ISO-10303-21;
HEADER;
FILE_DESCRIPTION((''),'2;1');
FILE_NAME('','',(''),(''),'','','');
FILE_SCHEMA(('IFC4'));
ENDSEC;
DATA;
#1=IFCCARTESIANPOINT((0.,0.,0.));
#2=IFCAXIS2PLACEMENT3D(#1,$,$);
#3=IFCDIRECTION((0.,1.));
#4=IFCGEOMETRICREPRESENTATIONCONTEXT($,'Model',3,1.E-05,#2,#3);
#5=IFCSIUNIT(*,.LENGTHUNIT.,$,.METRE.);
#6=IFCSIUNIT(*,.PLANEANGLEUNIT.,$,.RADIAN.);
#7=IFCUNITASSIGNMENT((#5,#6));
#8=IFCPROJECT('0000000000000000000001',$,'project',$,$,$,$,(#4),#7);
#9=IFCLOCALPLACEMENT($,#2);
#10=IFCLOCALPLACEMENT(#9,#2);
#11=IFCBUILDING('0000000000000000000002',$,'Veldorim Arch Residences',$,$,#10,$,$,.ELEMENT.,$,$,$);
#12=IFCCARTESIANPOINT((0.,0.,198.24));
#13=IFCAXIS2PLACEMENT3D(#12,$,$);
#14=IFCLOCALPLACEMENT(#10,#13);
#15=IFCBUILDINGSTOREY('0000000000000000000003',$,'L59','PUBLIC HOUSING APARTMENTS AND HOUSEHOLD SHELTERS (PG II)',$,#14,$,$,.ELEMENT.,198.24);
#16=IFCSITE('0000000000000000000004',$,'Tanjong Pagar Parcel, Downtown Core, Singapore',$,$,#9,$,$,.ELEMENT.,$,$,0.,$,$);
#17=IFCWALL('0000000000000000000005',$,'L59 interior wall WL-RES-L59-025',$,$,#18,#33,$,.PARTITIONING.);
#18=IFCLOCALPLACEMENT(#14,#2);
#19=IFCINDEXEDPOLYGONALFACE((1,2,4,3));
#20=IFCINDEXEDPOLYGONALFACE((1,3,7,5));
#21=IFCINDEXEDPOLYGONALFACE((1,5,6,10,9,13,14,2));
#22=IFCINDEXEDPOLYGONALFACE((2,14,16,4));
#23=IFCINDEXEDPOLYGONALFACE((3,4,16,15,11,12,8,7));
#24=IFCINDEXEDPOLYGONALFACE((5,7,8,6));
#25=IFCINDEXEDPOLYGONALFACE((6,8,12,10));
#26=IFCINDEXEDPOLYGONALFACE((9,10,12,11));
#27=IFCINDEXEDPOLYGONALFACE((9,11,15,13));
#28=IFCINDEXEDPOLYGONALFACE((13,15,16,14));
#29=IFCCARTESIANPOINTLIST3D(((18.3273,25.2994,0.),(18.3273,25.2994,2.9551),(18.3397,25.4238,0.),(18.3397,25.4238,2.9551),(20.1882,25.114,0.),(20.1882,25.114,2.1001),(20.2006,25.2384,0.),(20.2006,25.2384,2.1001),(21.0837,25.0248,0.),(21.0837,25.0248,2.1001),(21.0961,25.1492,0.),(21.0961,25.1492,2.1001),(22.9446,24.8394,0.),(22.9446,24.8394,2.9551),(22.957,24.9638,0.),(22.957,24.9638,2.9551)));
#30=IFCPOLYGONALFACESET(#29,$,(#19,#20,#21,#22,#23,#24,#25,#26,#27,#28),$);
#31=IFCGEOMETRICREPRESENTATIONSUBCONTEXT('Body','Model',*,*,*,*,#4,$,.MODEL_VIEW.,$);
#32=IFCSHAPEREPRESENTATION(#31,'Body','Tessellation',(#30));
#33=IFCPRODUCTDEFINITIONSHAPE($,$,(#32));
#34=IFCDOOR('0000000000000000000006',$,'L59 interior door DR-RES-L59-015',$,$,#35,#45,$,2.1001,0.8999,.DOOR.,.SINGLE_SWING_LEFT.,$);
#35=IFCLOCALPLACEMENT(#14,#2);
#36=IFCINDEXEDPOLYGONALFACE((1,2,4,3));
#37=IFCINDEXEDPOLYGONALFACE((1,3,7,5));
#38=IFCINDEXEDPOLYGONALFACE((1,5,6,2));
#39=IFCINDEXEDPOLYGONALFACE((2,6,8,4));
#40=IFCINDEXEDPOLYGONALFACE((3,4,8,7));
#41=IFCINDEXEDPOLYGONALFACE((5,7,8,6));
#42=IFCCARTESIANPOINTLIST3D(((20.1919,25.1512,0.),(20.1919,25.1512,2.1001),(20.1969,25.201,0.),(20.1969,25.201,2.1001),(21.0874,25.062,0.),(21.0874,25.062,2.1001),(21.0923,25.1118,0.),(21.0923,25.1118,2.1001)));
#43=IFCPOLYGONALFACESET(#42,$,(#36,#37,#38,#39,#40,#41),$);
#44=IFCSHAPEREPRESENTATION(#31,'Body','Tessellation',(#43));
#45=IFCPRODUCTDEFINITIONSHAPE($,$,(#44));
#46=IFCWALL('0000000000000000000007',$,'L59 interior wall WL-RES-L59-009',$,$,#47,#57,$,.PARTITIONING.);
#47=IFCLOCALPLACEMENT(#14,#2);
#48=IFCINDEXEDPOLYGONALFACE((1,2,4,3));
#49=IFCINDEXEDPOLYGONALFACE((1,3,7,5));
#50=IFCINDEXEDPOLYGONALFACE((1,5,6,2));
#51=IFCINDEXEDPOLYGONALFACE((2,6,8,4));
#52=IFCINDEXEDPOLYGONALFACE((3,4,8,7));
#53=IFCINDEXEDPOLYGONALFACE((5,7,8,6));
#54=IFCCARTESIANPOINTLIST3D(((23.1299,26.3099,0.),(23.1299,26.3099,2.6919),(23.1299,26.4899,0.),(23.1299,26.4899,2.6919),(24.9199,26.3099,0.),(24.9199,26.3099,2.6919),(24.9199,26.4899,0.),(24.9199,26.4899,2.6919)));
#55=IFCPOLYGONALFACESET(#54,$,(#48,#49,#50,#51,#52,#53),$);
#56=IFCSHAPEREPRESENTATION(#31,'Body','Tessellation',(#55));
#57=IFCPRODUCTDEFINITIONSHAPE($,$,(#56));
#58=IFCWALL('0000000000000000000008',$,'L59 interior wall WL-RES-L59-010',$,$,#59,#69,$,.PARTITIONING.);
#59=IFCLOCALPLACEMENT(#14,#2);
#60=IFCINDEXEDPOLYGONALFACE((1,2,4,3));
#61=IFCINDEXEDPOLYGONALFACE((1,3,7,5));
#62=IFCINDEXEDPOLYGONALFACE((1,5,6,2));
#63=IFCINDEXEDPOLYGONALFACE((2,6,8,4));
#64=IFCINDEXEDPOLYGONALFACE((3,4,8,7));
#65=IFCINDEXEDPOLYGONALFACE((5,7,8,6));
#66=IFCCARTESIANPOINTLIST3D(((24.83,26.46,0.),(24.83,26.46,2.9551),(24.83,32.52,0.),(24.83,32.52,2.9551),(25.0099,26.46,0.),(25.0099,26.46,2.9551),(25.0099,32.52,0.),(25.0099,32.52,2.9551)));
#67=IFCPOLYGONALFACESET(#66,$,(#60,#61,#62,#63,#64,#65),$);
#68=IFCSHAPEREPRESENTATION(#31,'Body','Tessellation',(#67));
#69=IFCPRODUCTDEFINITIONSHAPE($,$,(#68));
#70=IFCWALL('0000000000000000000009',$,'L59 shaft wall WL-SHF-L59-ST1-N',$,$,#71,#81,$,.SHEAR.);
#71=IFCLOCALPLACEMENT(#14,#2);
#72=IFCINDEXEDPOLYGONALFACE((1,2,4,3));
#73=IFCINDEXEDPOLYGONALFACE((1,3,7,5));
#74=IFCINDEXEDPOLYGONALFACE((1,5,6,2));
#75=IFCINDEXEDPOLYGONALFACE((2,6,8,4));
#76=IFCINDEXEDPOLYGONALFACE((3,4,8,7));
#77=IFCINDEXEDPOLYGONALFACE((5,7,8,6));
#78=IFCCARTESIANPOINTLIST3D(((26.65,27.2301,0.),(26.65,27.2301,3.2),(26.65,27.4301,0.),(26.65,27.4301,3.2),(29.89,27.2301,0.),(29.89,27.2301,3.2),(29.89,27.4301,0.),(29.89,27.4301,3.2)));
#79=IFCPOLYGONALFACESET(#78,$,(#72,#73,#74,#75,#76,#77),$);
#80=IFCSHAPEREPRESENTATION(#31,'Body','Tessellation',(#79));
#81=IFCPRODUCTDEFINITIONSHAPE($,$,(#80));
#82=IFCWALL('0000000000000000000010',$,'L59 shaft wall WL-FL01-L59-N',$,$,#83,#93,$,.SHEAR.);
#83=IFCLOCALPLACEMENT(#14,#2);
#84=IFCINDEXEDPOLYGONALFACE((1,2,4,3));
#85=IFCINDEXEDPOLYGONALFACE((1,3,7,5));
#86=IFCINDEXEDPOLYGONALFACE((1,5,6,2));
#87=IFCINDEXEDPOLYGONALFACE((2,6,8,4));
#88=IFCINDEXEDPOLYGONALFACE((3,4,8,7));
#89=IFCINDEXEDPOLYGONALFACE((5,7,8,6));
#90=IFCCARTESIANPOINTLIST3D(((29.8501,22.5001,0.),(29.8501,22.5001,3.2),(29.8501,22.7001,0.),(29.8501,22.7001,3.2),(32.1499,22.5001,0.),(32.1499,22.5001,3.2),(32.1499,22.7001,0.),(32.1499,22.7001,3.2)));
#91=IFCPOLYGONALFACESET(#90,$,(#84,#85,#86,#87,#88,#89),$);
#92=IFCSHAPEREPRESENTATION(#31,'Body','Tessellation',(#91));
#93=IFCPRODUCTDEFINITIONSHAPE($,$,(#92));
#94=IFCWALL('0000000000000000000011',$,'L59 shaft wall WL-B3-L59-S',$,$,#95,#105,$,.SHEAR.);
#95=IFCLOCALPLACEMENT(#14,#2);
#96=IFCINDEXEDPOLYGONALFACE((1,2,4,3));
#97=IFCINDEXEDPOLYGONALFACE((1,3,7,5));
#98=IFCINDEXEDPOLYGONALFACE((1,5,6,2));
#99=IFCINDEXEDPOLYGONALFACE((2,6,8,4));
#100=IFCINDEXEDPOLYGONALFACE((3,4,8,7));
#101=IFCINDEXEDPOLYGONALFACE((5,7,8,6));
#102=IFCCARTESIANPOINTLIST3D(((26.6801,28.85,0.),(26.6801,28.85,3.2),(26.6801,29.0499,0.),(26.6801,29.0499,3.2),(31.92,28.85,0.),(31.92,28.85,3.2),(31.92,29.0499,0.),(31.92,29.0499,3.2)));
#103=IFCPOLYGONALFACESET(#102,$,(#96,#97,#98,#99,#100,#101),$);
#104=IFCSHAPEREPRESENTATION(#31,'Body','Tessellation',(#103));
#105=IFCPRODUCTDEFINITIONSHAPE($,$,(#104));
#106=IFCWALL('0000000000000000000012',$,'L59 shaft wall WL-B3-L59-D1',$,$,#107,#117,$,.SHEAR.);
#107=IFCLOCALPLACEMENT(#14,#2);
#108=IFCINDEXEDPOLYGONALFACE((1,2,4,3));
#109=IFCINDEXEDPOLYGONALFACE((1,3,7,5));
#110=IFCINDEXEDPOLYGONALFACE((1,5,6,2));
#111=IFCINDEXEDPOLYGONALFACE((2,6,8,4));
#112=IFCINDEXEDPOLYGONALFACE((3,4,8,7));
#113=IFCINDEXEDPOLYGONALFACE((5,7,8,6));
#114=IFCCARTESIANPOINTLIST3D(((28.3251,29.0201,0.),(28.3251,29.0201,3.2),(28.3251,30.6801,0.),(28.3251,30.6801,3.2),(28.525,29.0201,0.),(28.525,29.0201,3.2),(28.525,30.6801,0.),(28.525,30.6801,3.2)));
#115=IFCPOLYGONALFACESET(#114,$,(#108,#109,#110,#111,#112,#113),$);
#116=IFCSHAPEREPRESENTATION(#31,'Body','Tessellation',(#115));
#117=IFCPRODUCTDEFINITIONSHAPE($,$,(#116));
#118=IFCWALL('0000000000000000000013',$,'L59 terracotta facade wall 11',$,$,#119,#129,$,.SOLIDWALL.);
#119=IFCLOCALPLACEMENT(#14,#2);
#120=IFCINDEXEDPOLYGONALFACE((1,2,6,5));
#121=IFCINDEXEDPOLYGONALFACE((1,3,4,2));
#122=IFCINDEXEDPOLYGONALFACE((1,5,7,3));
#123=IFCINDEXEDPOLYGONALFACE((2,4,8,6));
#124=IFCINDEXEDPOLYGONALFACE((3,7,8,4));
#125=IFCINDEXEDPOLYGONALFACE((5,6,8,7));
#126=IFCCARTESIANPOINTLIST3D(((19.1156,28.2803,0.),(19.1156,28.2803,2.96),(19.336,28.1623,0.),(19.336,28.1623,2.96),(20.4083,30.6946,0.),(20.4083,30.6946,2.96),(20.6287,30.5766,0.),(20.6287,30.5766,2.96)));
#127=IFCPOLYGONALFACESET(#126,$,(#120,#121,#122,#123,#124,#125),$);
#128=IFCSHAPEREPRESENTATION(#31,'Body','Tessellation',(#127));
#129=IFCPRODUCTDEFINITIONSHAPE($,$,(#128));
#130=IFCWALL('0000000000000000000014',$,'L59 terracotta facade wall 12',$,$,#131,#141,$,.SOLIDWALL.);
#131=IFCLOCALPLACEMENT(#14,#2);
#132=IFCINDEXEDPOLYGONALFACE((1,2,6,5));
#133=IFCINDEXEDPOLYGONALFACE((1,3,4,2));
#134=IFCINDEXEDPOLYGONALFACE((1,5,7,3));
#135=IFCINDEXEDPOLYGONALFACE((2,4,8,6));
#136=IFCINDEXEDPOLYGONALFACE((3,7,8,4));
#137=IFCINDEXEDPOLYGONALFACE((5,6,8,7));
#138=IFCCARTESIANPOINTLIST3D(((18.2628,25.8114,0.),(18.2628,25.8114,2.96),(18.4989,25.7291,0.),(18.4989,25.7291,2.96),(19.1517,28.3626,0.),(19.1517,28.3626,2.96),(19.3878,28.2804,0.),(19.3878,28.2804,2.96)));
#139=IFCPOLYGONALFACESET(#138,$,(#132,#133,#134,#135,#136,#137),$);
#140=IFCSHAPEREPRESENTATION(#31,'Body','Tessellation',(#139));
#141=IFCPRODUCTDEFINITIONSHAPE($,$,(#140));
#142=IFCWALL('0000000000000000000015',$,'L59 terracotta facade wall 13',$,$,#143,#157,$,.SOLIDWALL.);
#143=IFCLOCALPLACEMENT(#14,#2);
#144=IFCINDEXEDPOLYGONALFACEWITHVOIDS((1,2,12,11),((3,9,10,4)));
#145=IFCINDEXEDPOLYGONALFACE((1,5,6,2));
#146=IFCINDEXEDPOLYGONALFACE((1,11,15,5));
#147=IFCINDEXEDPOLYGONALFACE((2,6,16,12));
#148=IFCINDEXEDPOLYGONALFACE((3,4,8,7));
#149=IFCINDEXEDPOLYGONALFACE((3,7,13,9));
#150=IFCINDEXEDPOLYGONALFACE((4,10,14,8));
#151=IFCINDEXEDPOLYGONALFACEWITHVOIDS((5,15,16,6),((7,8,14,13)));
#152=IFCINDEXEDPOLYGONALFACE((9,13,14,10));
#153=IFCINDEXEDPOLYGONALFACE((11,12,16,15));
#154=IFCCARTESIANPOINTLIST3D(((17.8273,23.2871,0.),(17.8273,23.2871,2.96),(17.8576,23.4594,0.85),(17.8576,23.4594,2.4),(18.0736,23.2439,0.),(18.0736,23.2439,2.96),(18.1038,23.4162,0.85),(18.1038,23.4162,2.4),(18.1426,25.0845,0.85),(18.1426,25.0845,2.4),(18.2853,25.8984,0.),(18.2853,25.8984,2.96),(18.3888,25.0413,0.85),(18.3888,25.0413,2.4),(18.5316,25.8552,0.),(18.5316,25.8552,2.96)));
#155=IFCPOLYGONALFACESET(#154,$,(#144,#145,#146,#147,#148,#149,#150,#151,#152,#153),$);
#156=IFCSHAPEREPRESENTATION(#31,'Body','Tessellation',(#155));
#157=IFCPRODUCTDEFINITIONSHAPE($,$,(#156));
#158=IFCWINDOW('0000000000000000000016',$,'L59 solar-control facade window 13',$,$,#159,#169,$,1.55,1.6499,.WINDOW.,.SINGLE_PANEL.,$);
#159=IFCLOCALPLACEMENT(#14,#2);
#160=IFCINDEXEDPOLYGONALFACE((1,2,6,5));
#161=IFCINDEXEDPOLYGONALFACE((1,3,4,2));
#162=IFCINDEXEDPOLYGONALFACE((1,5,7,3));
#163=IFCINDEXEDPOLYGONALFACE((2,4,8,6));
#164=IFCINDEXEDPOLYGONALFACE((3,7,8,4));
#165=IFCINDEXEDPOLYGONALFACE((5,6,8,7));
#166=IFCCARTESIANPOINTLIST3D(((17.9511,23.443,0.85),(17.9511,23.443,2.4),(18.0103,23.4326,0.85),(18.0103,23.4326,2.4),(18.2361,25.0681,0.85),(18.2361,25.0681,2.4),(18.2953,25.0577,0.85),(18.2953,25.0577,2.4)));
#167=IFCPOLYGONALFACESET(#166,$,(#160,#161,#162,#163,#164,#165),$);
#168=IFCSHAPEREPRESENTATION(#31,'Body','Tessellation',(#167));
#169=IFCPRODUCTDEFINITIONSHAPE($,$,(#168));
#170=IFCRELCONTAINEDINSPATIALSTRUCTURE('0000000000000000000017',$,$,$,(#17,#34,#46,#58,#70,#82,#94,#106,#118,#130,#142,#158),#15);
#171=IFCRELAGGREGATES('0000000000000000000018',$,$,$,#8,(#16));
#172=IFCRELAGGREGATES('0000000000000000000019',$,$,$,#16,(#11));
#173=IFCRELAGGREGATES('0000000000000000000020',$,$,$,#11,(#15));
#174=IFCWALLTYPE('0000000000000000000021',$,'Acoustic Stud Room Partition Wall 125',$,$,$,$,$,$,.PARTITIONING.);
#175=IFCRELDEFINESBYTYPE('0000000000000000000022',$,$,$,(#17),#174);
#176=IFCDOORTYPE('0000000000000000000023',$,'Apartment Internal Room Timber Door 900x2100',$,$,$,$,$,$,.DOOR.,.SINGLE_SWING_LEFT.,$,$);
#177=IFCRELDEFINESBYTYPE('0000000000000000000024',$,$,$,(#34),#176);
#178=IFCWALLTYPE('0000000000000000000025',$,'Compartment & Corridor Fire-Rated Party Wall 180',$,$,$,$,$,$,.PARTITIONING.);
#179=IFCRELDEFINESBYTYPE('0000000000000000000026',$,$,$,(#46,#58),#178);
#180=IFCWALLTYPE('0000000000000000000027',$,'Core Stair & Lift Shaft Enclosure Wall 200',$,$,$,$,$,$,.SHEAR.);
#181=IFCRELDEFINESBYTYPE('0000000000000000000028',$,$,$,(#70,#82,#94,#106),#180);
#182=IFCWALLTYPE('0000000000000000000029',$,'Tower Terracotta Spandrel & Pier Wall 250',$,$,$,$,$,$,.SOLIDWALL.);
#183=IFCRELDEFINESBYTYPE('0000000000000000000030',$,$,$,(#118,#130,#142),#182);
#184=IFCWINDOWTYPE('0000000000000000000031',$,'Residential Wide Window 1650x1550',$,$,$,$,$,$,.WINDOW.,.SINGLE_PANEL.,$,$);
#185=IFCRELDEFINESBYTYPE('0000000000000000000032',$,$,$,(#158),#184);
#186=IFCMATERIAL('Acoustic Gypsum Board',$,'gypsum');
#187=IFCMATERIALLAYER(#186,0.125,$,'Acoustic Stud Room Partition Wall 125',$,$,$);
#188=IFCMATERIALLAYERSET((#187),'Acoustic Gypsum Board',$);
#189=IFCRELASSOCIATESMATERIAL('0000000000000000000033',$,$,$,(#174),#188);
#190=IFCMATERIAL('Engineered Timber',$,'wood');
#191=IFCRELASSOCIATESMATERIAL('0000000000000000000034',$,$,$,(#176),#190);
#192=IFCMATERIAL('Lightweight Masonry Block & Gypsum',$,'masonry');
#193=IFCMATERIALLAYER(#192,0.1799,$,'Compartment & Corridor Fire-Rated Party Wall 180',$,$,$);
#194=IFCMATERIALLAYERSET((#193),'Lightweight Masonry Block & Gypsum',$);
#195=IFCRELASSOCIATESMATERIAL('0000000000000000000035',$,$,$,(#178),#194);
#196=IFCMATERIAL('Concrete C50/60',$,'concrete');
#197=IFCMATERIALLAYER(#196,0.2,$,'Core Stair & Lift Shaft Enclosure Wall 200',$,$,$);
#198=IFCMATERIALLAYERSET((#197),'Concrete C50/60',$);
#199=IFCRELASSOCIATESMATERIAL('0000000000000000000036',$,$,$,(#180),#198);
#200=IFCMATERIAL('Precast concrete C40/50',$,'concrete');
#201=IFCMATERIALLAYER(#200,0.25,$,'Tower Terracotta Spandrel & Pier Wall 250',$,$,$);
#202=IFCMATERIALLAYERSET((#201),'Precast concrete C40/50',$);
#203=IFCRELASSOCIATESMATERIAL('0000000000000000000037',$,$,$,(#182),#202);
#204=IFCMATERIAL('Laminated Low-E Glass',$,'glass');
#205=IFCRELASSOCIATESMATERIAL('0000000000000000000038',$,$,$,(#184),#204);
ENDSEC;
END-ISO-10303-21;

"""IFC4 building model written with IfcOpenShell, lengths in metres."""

from ifc_helpers import new_model, si_unit, direction, frame, frame_2d, origin, place, context, subcontext, project, spatial, rectangle, extrude, material, layer, layer_set, type_object, element, fill, save


model = new_model("IFC4")

# Units and contexts
model_context = context("Model", 3, precision=1e-05, world=origin(), true_north=direction((0.0, 1.0)))
body_context = subcontext(model_context, "Body", "Model", "MODEL_VIEW")
ifc_project = project(units=[si_unit("LENGTHUNIT", "METRE"), si_unit("PLANEANGLEUNIT", "RADIAN")], contexts=[model_context])

# Site, building, storey
site_placement = place(None, origin())
site = spatial("IfcSite", under=ifc_project, at=site_placement, Name="Tanjong Pagar Parcel, Downtown Core, Singapore", CompositionType="ELEMENT", RefElevation=0.0)
building_placement = place(site_placement, origin())
building = spatial("IfcBuilding", under=site, at=building_placement, Name="Veldorim Arch Residences", CompositionType="ELEMENT")
storey_placement = place(building_placement, frame((0.0, 0.0, 198.24)))
storey = spatial("IfcBuildingStorey", under=building, at=storey_placement, Name="L59", Description="PUBLIC HOUSING APARTMENTS AND HOUSEHOLD SHELTERS (PG II)", CompositionType="ELEMENT", Elevation=198.24)

# Shared definitions
ifc_material_1 = material(Name="Acoustic Gypsum Board", Category="gypsum")
ifc_layer_1 = layer(ifc_material_1, 0.125, Name="Acoustic Stud Room Partition Wall 125")
ifc_layer_set_1 = layer_set([ifc_layer_1], Name="Acoustic Gypsum Board")
wall_type_1 = type_object("IfcWallType", Name="Acoustic Stud Room Partition Wall 125", PredefinedType="PARTITIONING", material=ifc_layer_set_1)

# Wall, opening, door
wall_1_placement = place(storey_placement, frame((18.3335, 25.3616, 0.0), z_axis=(0.0, 0.0, 1.0), x_axis=(0.995075, -0.099129, 0.0)))
wall_1 = element("IfcWall", 1, at=wall_1_placement, inside=storey, type_object=wall_type_1, Name="L59 interior wall WL-RES-L59-025", PredefinedType="PARTITIONING", context=body_context, shape_type="SweptSolid", body=[
    extrude(rectangle(XDim=4.6401, YDim=0.125, at=frame_2d((2.3201, 0.0))), origin(), (0.0, 0.0, 1.0), 2.9551),
])
opening_1_placement = place(wall_1_placement, frame((1.8701, 0.0, 0.0)))
opening_1 = element("IfcOpeningElement", 2, at=opening_1_placement, cuts=wall_1, PredefinedType="OPENING", context=body_context, shape_type="SweptSolid", body=[
    extrude(rectangle(XDim=0.8999, YDim=2.1001, at=frame_2d((0.45, 1.05))), frame((0.0, 0.0725, 0.0), z_axis=(0.0, -1.0, 0.0), x_axis=(1.0, 0.0, 0.0)), (0.0, 0.0, 1.0), 0.145),
])
ifc_material_2 = material(Name="Engineered Timber", Category="wood")
door_type_1 = type_object("IfcDoorType", Name="Apartment Internal Room Timber Door 900x2100", OperationType="SINGLE_SWING_LEFT", PredefinedType="DOOR", material=ifc_material_2)
door_1_placement = place(opening_1_placement, origin())
door_1 = element("IfcDoor", 3, at=door_1_placement, inside=storey, type_object=door_type_1, Name="L59 interior door DR-RES-L59-015", OperationType="SINGLE_SWING_LEFT", OverallHeight=2.1001, OverallWidth=0.8999, PredefinedType="DOOR", context=body_context, shape_type="SweptSolid", body=[
    extrude(rectangle(XDim=0.8999, YDim=2.1001, at=frame_2d((0.45, 1.05))), frame((0.0, 0.0249, 0.0), z_axis=(0.0, -1.0, 0.0), x_axis=(1.0, 0.0, 0.0)), (0.0, 0.0, 1.0), 0.05),
])
fill(opening_1, door_1)

# Walls
ifc_material_3 = material(Name="Lightweight Masonry Block & Gypsum", Category="masonry")
ifc_layer_2 = layer(ifc_material_3, 0.1799, Name="Compartment & Corridor Fire-Rated Party Wall 180")
ifc_layer_set_2 = layer_set([ifc_layer_2], Name="Lightweight Masonry Block & Gypsum")
wall_type_2 = type_object("IfcWallType", Name="Compartment & Corridor Fire-Rated Party Wall 180", PredefinedType="PARTITIONING", material=ifc_layer_set_2)
wall_2_placement = place(storey_placement, frame((23.1299, 26.3999, 0.0), z_axis=(0.0, 0.0, 1.0), x_axis=(1.0, 0.0, 0.0)))
element("IfcWall", 4, at=wall_2_placement, inside=storey, type_object=wall_type_2, Name="L59 interior wall WL-RES-L59-009", PredefinedType="PARTITIONING", context=body_context, shape_type="SweptSolid", body=[
    extrude(rectangle(XDim=1.79, YDim=0.1799, at=frame_2d((0.895, 0.0))), origin(), (0.0, 0.0, 1.0), 2.6919),
])
wall_3_placement = place(storey_placement, frame((24.9199, 26.46, 0.0), z_axis=(0.0, 0.0, 1.0), x_axis=(0.0, 1.0, 0.0)))
element("IfcWall", 5, at=wall_3_placement, inside=storey, type_object=wall_type_2, Name="L59 interior wall WL-RES-L59-010", PredefinedType="PARTITIONING", context=body_context, shape_type="SweptSolid", body=[
    extrude(rectangle(XDim=6.0601, YDim=0.1799, at=frame_2d((3.03, 0.0))), origin(), (0.0, 0.0, 1.0), 2.9551),
])
ifc_material_4 = material(Name="Concrete C50/60", Category="concrete")
ifc_layer_3 = layer(ifc_material_4, 0.2, Name="Core Stair & Lift Shaft Enclosure Wall 200")
ifc_layer_set_3 = layer_set([ifc_layer_3], Name="Concrete C50/60")
wall_type_3 = type_object("IfcWallType", Name="Core Stair & Lift Shaft Enclosure Wall 200", PredefinedType="SHEAR", material=ifc_layer_set_3)
wall_4_placement = place(storey_placement, frame((26.6499, 27.3301, 0.0), z_axis=(0.0, 0.0, 1.0), x_axis=(1.0, 0.0, 0.0)))
element("IfcWall", 6, at=wall_4_placement, inside=storey, type_object=wall_type_3, Name="L59 shaft wall WL-SHF-L59-ST1-N", PredefinedType="SHEAR", context=body_context, shape_type="SweptSolid", body=[
    extrude(rectangle(XDim=3.24, YDim=0.2, at=frame_2d((1.6201, 0.0))), origin(), (0.0, 0.0, 1.0), 3.2),
])
wall_5_placement = place(storey_placement, frame((29.8501, 22.6001, 0.0), z_axis=(0.0, 0.0, 1.0), x_axis=(1.0, 0.0, 0.0)))
element("IfcWall", 7, at=wall_5_placement, inside=storey, type_object=wall_type_3, Name="L59 shaft wall WL-FL01-L59-N", PredefinedType="SHEAR", context=body_context, shape_type="SweptSolid", body=[
    extrude(rectangle(XDim=2.2998, YDim=0.2, at=frame_2d((1.1499, 0.0))), origin(), (0.0, 0.0, 1.0), 3.2),
])

# Walls
wall_6_placement = place(storey_placement, frame((26.6799, 28.95, 0.0), z_axis=(0.0, 0.0, 1.0), x_axis=(1.0, 0.0, 0.0)))
element("IfcWall", 8, at=wall_6_placement, inside=storey, type_object=wall_type_3, Name="L59 shaft wall WL-B3-L59-S", PredefinedType="SHEAR", context=body_context, shape_type="SweptSolid", body=[
    extrude(rectangle(XDim=5.24, YDim=0.2, at=frame_2d((2.6201, 0.0))), origin(), (0.0, 0.0, 1.0), 3.2),
])
wall_7_placement = place(storey_placement, frame((28.425, 29.02, 0.0), z_axis=(0.0, 0.0, 1.0), x_axis=(0.0, 1.0, 0.0)))
element("IfcWall", 9, at=wall_7_placement, inside=storey, type_object=wall_type_3, Name="L59 shaft wall WL-B3-L59-D1", PredefinedType="SHEAR", context=body_context, shape_type="SweptSolid", body=[
    extrude(rectangle(XDim=1.6599, YDim=0.2, at=frame_2d((0.8301, 0.0))), origin(), (0.0, 0.0, 1.0), 3.2),
])
ifc_material_5 = material(Name="Precast concrete C40/50", Category="concrete")
ifc_layer_4 = layer(ifc_material_5, 0.25, Name="Tower Terracotta Spandrel & Pier Wall 250")
ifc_layer_set_4 = layer_set([ifc_layer_4], Name="Precast concrete C40/50")
wall_type_4 = type_object("IfcWallType", Name="Tower Terracotta Spandrel & Pier Wall 250", PredefinedType="SOLIDWALL", material=ifc_layer_set_4)
wall_8_placement = place(storey_placement, frame((19.2258, 28.2214, 0.0), z_axis=(0.0, 0.0, 1.0), x_axis=(0.472036, 0.881579, 0.0)))
element("IfcWall", 10, at=wall_8_placement, inside=storey, type_object=wall_type_4, Name="L59 terracotta facade wall 11", PredefinedType="SOLIDWALL", context=body_context, shape_type="SweptSolid", body=[
    extrude(rectangle(XDim=2.7385, YDim=0.25, at=frame_2d((1.3691, 0.0))), origin(), (0.0, 0.0, 1.0), 2.96),
])
wall_9_placement = place(storey_placement, frame((18.3809, 25.7703, 0.0), z_axis=(0.0, 0.0, 1.0), x_axis=(0.329022, 0.944322, 0.0)))
element("IfcWall", 11, at=wall_9_placement, inside=storey, type_object=wall_type_4, Name="L59 terracotta facade wall 12", PredefinedType="SOLIDWALL", context=body_context, shape_type="SweptSolid", body=[
    extrude(rectangle(XDim=2.7017, YDim=0.25, at=frame_2d((1.3508, 0.0))), origin(), (0.0, 0.0, 1.0), 2.96),
])

# Wall, opening, window
wall_10_placement = place(storey_placement, frame((17.9504, 23.2654, 0.0), z_axis=(0.0, 0.0, 1.0), x_axis=(0.172756, 0.984965, 0.0)))
wall_10 = element("IfcWall", 12, at=wall_10_placement, inside=storey, type_object=wall_type_4, Name="L59 terracotta facade wall 13", PredefinedType="SOLIDWALL", context=body_context, shape_type="SweptSolid", body=[
    extrude(rectangle(XDim=2.6511, YDim=0.25, at=frame_2d((1.3257, 0.0))), origin(), (0.0, 0.0, 1.0), 2.96),
])
opening_2_placement = place(wall_10_placement, frame((0.175, 0.0, 0.8501)))
opening_2 = element("IfcOpeningElement", 13, at=opening_2_placement, cuts=wall_10, PredefinedType="OPENING", context=body_context, shape_type="SweptSolid", body=[
    extrude(rectangle(XDim=1.6499, YDim=1.55, at=frame_2d((0.825, 0.7749))), frame((0.0, 0.135, 0.0), z_axis=(0.0, -1.0, 0.0), x_axis=(1.0, 0.0, 0.0)), (0.0, 0.0, 1.0), 0.27),
])
ifc_material_6 = material(Name="Laminated Low-E Glass", Category="glass")
window_type = type_object("IfcWindowType", Name="Residential Wide Window 1650x1550", PartitioningType="SINGLE_PANEL", PredefinedType="WINDOW", material=ifc_material_6)
window_placement = place(opening_2_placement, origin())
window = element("IfcWindow", 14, at=window_placement, inside=storey, type_object=window_type, Name="L59 solar-control facade window 13", OverallHeight=1.55, OverallWidth=1.6499, PartitioningType="SINGLE_PANEL", PredefinedType="WINDOW", context=body_context, shape_type="SweptSolid", body=[
    extrude(rectangle(XDim=1.6499, YDim=1.55, at=frame_2d((0.825, 0.7749))), frame((0.0, 0.03, 0.0), z_axis=(0.0, -1.0, 0.0), x_axis=(1.0, 0.0, 0.0)), (0.0, 0.0, 1.0), 0.0601),
])
fill(opening_2, window)

save(model, "model.ifc")
